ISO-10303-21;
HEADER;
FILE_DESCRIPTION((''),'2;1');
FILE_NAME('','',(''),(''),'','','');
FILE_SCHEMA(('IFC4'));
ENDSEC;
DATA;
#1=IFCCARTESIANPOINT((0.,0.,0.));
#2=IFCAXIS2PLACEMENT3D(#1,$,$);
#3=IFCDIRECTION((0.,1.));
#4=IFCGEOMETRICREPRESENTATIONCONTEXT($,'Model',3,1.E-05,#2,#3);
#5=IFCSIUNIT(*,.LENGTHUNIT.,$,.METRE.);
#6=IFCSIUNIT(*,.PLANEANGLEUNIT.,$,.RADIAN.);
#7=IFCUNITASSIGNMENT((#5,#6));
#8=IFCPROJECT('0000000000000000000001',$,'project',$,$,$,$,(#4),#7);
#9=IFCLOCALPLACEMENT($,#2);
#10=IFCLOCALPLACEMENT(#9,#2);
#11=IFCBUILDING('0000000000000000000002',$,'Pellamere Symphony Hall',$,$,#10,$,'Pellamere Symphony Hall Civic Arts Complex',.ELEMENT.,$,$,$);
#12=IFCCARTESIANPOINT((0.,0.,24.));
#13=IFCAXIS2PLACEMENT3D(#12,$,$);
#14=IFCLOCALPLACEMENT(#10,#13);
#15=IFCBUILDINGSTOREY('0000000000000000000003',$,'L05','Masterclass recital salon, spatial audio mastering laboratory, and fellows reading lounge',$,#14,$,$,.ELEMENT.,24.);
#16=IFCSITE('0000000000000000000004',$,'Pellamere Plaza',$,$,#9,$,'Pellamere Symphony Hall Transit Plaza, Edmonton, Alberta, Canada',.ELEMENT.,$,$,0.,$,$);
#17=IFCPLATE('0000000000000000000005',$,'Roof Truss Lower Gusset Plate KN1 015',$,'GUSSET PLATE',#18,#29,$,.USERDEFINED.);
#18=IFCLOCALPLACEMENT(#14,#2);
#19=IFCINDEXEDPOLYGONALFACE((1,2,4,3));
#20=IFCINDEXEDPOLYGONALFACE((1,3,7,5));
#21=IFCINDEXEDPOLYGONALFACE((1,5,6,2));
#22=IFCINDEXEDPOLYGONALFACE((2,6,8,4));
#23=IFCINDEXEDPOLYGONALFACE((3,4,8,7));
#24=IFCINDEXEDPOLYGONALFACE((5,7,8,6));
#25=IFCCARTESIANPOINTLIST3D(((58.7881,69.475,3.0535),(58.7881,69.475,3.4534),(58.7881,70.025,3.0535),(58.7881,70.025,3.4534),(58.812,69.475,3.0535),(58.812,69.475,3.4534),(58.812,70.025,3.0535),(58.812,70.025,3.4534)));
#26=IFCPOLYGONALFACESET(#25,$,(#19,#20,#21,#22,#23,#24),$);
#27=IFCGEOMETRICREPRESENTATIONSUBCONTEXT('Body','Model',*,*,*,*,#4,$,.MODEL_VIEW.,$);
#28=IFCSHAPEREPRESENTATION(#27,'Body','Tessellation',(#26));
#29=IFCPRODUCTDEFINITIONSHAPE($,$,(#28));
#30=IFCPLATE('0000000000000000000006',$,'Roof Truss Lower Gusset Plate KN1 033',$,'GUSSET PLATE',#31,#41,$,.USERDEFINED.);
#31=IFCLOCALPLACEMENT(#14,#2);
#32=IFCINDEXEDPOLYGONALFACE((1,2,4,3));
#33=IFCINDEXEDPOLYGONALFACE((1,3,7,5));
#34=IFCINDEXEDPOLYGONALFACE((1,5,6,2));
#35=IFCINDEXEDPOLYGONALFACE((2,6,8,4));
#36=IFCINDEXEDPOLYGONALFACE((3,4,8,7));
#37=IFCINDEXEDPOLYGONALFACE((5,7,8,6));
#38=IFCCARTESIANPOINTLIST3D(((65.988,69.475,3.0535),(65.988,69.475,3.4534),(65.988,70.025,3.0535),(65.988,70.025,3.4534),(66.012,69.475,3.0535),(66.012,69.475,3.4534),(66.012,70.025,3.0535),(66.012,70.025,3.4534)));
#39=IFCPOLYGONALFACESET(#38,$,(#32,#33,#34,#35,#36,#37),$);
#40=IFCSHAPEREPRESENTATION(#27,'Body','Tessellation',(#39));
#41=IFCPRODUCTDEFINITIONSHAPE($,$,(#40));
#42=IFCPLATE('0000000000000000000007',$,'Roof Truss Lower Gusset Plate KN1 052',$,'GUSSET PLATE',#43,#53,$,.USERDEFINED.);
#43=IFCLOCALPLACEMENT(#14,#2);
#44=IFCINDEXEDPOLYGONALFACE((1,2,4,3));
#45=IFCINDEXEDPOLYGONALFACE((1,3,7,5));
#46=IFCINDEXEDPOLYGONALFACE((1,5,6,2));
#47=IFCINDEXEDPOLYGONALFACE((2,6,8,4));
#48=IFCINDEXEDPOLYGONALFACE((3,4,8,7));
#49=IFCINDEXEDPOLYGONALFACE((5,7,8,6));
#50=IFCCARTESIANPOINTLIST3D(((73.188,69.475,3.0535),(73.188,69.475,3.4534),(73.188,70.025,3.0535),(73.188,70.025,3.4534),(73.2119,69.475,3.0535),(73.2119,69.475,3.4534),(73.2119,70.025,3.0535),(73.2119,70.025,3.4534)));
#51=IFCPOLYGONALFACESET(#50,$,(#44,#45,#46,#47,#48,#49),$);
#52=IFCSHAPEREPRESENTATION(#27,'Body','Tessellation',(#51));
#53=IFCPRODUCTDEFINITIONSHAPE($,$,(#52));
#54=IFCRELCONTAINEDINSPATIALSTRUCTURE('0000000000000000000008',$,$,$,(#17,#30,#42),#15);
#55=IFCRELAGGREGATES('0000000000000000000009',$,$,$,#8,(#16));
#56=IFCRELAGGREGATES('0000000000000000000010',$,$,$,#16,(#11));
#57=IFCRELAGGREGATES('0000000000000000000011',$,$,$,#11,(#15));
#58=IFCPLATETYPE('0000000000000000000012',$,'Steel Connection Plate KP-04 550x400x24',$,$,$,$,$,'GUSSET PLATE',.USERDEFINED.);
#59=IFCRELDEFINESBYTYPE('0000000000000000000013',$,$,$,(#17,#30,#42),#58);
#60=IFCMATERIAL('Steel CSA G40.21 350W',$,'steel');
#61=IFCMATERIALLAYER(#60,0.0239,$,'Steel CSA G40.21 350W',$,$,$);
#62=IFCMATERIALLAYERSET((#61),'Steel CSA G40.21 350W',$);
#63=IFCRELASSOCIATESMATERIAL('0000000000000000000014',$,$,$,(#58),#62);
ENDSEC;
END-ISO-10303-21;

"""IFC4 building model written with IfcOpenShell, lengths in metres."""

from ifc_helpers import new_model, si_unit, direction, frame, origin, origin_2d, place, context, subcontext, project, spatial, rectangle, extrude, material, layer, layer_set, type_object, element, save


model = new_model("IFC4")

# Units and contexts
model_context = context("Model", 3, precision=1e-05, world=origin(), true_north=direction((0.0, 1.0)))
body_context = subcontext(model_context, "Body", "Model", "MODEL_VIEW")
ifc_project = project(units=[si_unit("LENGTHUNIT", "METRE"), si_unit("PLANEANGLEUNIT", "RADIAN")], contexts=[model_context])

# Site, building, storey
site_placement = place(None, origin())
site = spatial("IfcSite", under=ifc_project, at=site_placement, Name="Pellamere Plaza", LongName="Pellamere Symphony Hall Transit Plaza, Edmonton, Alberta, Canada", CompositionType="ELEMENT", RefElevation=0.0)
building_placement = place(site_placement, origin())
building = spatial("IfcBuilding", under=site, at=building_placement, Name="Pellamere Symphony Hall", LongName="Pellamere Symphony Hall Civic Arts Complex", CompositionType="ELEMENT")
storey_placement = place(building_placement, frame((0.0, 0.0, 24.0)))
storey = spatial("IfcBuildingStorey", under=building, at=storey_placement, Name="L05", Description="Masterclass recital salon, spatial audio mastering laboratory, and fellows reading lounge", CompositionType="ELEMENT", Elevation=24.0)

# Shared definitions
ifc_material_1 = material(Name="Steel CSA G40.21 350W", Category="steel")

# Plates
ifc_layer_1 = layer(ifc_material_1, 0.0239, Name="Steel CSA G40.21 350W")
ifc_layer_set_1 = layer_set([ifc_layer_1], Name="Steel CSA G40.21 350W")
plate_type_1 = type_object("IfcPlateType", Name="Steel Connection Plate KP-04 550x400x24", ElementType="GUSSET PLATE", PredefinedType="USERDEFINED", material=ifc_layer_set_1)
for number, where, z_axis, x_axis, name in (
    (1, (58.8, 69.75, 3.0535), (0.0, 0.0, 1.0), (1.0, 0.0, 0.0), "Roof Truss Lower Gusset Plate KN1 015"),
    (2, (66.0, 69.75, 3.0535), (0.0, 0.0, 1.0), (1.0, 0.0, 0.0), "Roof Truss Lower Gusset Plate KN1 033"),
    (3, (73.2, 69.75, 3.0535), (0.0, 0.0, 1.0), (1.0, 0.0, 0.0), "Roof Truss Lower Gusset Plate KN1 052"),
):
    element("IfcPlate", number, at=place(storey_placement, frame(where, z_axis=z_axis, x_axis=x_axis)), inside=storey, type_object=plate_type_1, Name=name, ObjectType="GUSSET PLATE", PredefinedType="USERDEFINED", context=body_context, shape_type="SweptSolid", body=[
        extrude(rectangle(XDim=0.0239, YDim=0.55, at=origin_2d()), origin(), (0.0, 0.0, 1.0), 0.3999),
    ])

save(model, "model.ifc")
